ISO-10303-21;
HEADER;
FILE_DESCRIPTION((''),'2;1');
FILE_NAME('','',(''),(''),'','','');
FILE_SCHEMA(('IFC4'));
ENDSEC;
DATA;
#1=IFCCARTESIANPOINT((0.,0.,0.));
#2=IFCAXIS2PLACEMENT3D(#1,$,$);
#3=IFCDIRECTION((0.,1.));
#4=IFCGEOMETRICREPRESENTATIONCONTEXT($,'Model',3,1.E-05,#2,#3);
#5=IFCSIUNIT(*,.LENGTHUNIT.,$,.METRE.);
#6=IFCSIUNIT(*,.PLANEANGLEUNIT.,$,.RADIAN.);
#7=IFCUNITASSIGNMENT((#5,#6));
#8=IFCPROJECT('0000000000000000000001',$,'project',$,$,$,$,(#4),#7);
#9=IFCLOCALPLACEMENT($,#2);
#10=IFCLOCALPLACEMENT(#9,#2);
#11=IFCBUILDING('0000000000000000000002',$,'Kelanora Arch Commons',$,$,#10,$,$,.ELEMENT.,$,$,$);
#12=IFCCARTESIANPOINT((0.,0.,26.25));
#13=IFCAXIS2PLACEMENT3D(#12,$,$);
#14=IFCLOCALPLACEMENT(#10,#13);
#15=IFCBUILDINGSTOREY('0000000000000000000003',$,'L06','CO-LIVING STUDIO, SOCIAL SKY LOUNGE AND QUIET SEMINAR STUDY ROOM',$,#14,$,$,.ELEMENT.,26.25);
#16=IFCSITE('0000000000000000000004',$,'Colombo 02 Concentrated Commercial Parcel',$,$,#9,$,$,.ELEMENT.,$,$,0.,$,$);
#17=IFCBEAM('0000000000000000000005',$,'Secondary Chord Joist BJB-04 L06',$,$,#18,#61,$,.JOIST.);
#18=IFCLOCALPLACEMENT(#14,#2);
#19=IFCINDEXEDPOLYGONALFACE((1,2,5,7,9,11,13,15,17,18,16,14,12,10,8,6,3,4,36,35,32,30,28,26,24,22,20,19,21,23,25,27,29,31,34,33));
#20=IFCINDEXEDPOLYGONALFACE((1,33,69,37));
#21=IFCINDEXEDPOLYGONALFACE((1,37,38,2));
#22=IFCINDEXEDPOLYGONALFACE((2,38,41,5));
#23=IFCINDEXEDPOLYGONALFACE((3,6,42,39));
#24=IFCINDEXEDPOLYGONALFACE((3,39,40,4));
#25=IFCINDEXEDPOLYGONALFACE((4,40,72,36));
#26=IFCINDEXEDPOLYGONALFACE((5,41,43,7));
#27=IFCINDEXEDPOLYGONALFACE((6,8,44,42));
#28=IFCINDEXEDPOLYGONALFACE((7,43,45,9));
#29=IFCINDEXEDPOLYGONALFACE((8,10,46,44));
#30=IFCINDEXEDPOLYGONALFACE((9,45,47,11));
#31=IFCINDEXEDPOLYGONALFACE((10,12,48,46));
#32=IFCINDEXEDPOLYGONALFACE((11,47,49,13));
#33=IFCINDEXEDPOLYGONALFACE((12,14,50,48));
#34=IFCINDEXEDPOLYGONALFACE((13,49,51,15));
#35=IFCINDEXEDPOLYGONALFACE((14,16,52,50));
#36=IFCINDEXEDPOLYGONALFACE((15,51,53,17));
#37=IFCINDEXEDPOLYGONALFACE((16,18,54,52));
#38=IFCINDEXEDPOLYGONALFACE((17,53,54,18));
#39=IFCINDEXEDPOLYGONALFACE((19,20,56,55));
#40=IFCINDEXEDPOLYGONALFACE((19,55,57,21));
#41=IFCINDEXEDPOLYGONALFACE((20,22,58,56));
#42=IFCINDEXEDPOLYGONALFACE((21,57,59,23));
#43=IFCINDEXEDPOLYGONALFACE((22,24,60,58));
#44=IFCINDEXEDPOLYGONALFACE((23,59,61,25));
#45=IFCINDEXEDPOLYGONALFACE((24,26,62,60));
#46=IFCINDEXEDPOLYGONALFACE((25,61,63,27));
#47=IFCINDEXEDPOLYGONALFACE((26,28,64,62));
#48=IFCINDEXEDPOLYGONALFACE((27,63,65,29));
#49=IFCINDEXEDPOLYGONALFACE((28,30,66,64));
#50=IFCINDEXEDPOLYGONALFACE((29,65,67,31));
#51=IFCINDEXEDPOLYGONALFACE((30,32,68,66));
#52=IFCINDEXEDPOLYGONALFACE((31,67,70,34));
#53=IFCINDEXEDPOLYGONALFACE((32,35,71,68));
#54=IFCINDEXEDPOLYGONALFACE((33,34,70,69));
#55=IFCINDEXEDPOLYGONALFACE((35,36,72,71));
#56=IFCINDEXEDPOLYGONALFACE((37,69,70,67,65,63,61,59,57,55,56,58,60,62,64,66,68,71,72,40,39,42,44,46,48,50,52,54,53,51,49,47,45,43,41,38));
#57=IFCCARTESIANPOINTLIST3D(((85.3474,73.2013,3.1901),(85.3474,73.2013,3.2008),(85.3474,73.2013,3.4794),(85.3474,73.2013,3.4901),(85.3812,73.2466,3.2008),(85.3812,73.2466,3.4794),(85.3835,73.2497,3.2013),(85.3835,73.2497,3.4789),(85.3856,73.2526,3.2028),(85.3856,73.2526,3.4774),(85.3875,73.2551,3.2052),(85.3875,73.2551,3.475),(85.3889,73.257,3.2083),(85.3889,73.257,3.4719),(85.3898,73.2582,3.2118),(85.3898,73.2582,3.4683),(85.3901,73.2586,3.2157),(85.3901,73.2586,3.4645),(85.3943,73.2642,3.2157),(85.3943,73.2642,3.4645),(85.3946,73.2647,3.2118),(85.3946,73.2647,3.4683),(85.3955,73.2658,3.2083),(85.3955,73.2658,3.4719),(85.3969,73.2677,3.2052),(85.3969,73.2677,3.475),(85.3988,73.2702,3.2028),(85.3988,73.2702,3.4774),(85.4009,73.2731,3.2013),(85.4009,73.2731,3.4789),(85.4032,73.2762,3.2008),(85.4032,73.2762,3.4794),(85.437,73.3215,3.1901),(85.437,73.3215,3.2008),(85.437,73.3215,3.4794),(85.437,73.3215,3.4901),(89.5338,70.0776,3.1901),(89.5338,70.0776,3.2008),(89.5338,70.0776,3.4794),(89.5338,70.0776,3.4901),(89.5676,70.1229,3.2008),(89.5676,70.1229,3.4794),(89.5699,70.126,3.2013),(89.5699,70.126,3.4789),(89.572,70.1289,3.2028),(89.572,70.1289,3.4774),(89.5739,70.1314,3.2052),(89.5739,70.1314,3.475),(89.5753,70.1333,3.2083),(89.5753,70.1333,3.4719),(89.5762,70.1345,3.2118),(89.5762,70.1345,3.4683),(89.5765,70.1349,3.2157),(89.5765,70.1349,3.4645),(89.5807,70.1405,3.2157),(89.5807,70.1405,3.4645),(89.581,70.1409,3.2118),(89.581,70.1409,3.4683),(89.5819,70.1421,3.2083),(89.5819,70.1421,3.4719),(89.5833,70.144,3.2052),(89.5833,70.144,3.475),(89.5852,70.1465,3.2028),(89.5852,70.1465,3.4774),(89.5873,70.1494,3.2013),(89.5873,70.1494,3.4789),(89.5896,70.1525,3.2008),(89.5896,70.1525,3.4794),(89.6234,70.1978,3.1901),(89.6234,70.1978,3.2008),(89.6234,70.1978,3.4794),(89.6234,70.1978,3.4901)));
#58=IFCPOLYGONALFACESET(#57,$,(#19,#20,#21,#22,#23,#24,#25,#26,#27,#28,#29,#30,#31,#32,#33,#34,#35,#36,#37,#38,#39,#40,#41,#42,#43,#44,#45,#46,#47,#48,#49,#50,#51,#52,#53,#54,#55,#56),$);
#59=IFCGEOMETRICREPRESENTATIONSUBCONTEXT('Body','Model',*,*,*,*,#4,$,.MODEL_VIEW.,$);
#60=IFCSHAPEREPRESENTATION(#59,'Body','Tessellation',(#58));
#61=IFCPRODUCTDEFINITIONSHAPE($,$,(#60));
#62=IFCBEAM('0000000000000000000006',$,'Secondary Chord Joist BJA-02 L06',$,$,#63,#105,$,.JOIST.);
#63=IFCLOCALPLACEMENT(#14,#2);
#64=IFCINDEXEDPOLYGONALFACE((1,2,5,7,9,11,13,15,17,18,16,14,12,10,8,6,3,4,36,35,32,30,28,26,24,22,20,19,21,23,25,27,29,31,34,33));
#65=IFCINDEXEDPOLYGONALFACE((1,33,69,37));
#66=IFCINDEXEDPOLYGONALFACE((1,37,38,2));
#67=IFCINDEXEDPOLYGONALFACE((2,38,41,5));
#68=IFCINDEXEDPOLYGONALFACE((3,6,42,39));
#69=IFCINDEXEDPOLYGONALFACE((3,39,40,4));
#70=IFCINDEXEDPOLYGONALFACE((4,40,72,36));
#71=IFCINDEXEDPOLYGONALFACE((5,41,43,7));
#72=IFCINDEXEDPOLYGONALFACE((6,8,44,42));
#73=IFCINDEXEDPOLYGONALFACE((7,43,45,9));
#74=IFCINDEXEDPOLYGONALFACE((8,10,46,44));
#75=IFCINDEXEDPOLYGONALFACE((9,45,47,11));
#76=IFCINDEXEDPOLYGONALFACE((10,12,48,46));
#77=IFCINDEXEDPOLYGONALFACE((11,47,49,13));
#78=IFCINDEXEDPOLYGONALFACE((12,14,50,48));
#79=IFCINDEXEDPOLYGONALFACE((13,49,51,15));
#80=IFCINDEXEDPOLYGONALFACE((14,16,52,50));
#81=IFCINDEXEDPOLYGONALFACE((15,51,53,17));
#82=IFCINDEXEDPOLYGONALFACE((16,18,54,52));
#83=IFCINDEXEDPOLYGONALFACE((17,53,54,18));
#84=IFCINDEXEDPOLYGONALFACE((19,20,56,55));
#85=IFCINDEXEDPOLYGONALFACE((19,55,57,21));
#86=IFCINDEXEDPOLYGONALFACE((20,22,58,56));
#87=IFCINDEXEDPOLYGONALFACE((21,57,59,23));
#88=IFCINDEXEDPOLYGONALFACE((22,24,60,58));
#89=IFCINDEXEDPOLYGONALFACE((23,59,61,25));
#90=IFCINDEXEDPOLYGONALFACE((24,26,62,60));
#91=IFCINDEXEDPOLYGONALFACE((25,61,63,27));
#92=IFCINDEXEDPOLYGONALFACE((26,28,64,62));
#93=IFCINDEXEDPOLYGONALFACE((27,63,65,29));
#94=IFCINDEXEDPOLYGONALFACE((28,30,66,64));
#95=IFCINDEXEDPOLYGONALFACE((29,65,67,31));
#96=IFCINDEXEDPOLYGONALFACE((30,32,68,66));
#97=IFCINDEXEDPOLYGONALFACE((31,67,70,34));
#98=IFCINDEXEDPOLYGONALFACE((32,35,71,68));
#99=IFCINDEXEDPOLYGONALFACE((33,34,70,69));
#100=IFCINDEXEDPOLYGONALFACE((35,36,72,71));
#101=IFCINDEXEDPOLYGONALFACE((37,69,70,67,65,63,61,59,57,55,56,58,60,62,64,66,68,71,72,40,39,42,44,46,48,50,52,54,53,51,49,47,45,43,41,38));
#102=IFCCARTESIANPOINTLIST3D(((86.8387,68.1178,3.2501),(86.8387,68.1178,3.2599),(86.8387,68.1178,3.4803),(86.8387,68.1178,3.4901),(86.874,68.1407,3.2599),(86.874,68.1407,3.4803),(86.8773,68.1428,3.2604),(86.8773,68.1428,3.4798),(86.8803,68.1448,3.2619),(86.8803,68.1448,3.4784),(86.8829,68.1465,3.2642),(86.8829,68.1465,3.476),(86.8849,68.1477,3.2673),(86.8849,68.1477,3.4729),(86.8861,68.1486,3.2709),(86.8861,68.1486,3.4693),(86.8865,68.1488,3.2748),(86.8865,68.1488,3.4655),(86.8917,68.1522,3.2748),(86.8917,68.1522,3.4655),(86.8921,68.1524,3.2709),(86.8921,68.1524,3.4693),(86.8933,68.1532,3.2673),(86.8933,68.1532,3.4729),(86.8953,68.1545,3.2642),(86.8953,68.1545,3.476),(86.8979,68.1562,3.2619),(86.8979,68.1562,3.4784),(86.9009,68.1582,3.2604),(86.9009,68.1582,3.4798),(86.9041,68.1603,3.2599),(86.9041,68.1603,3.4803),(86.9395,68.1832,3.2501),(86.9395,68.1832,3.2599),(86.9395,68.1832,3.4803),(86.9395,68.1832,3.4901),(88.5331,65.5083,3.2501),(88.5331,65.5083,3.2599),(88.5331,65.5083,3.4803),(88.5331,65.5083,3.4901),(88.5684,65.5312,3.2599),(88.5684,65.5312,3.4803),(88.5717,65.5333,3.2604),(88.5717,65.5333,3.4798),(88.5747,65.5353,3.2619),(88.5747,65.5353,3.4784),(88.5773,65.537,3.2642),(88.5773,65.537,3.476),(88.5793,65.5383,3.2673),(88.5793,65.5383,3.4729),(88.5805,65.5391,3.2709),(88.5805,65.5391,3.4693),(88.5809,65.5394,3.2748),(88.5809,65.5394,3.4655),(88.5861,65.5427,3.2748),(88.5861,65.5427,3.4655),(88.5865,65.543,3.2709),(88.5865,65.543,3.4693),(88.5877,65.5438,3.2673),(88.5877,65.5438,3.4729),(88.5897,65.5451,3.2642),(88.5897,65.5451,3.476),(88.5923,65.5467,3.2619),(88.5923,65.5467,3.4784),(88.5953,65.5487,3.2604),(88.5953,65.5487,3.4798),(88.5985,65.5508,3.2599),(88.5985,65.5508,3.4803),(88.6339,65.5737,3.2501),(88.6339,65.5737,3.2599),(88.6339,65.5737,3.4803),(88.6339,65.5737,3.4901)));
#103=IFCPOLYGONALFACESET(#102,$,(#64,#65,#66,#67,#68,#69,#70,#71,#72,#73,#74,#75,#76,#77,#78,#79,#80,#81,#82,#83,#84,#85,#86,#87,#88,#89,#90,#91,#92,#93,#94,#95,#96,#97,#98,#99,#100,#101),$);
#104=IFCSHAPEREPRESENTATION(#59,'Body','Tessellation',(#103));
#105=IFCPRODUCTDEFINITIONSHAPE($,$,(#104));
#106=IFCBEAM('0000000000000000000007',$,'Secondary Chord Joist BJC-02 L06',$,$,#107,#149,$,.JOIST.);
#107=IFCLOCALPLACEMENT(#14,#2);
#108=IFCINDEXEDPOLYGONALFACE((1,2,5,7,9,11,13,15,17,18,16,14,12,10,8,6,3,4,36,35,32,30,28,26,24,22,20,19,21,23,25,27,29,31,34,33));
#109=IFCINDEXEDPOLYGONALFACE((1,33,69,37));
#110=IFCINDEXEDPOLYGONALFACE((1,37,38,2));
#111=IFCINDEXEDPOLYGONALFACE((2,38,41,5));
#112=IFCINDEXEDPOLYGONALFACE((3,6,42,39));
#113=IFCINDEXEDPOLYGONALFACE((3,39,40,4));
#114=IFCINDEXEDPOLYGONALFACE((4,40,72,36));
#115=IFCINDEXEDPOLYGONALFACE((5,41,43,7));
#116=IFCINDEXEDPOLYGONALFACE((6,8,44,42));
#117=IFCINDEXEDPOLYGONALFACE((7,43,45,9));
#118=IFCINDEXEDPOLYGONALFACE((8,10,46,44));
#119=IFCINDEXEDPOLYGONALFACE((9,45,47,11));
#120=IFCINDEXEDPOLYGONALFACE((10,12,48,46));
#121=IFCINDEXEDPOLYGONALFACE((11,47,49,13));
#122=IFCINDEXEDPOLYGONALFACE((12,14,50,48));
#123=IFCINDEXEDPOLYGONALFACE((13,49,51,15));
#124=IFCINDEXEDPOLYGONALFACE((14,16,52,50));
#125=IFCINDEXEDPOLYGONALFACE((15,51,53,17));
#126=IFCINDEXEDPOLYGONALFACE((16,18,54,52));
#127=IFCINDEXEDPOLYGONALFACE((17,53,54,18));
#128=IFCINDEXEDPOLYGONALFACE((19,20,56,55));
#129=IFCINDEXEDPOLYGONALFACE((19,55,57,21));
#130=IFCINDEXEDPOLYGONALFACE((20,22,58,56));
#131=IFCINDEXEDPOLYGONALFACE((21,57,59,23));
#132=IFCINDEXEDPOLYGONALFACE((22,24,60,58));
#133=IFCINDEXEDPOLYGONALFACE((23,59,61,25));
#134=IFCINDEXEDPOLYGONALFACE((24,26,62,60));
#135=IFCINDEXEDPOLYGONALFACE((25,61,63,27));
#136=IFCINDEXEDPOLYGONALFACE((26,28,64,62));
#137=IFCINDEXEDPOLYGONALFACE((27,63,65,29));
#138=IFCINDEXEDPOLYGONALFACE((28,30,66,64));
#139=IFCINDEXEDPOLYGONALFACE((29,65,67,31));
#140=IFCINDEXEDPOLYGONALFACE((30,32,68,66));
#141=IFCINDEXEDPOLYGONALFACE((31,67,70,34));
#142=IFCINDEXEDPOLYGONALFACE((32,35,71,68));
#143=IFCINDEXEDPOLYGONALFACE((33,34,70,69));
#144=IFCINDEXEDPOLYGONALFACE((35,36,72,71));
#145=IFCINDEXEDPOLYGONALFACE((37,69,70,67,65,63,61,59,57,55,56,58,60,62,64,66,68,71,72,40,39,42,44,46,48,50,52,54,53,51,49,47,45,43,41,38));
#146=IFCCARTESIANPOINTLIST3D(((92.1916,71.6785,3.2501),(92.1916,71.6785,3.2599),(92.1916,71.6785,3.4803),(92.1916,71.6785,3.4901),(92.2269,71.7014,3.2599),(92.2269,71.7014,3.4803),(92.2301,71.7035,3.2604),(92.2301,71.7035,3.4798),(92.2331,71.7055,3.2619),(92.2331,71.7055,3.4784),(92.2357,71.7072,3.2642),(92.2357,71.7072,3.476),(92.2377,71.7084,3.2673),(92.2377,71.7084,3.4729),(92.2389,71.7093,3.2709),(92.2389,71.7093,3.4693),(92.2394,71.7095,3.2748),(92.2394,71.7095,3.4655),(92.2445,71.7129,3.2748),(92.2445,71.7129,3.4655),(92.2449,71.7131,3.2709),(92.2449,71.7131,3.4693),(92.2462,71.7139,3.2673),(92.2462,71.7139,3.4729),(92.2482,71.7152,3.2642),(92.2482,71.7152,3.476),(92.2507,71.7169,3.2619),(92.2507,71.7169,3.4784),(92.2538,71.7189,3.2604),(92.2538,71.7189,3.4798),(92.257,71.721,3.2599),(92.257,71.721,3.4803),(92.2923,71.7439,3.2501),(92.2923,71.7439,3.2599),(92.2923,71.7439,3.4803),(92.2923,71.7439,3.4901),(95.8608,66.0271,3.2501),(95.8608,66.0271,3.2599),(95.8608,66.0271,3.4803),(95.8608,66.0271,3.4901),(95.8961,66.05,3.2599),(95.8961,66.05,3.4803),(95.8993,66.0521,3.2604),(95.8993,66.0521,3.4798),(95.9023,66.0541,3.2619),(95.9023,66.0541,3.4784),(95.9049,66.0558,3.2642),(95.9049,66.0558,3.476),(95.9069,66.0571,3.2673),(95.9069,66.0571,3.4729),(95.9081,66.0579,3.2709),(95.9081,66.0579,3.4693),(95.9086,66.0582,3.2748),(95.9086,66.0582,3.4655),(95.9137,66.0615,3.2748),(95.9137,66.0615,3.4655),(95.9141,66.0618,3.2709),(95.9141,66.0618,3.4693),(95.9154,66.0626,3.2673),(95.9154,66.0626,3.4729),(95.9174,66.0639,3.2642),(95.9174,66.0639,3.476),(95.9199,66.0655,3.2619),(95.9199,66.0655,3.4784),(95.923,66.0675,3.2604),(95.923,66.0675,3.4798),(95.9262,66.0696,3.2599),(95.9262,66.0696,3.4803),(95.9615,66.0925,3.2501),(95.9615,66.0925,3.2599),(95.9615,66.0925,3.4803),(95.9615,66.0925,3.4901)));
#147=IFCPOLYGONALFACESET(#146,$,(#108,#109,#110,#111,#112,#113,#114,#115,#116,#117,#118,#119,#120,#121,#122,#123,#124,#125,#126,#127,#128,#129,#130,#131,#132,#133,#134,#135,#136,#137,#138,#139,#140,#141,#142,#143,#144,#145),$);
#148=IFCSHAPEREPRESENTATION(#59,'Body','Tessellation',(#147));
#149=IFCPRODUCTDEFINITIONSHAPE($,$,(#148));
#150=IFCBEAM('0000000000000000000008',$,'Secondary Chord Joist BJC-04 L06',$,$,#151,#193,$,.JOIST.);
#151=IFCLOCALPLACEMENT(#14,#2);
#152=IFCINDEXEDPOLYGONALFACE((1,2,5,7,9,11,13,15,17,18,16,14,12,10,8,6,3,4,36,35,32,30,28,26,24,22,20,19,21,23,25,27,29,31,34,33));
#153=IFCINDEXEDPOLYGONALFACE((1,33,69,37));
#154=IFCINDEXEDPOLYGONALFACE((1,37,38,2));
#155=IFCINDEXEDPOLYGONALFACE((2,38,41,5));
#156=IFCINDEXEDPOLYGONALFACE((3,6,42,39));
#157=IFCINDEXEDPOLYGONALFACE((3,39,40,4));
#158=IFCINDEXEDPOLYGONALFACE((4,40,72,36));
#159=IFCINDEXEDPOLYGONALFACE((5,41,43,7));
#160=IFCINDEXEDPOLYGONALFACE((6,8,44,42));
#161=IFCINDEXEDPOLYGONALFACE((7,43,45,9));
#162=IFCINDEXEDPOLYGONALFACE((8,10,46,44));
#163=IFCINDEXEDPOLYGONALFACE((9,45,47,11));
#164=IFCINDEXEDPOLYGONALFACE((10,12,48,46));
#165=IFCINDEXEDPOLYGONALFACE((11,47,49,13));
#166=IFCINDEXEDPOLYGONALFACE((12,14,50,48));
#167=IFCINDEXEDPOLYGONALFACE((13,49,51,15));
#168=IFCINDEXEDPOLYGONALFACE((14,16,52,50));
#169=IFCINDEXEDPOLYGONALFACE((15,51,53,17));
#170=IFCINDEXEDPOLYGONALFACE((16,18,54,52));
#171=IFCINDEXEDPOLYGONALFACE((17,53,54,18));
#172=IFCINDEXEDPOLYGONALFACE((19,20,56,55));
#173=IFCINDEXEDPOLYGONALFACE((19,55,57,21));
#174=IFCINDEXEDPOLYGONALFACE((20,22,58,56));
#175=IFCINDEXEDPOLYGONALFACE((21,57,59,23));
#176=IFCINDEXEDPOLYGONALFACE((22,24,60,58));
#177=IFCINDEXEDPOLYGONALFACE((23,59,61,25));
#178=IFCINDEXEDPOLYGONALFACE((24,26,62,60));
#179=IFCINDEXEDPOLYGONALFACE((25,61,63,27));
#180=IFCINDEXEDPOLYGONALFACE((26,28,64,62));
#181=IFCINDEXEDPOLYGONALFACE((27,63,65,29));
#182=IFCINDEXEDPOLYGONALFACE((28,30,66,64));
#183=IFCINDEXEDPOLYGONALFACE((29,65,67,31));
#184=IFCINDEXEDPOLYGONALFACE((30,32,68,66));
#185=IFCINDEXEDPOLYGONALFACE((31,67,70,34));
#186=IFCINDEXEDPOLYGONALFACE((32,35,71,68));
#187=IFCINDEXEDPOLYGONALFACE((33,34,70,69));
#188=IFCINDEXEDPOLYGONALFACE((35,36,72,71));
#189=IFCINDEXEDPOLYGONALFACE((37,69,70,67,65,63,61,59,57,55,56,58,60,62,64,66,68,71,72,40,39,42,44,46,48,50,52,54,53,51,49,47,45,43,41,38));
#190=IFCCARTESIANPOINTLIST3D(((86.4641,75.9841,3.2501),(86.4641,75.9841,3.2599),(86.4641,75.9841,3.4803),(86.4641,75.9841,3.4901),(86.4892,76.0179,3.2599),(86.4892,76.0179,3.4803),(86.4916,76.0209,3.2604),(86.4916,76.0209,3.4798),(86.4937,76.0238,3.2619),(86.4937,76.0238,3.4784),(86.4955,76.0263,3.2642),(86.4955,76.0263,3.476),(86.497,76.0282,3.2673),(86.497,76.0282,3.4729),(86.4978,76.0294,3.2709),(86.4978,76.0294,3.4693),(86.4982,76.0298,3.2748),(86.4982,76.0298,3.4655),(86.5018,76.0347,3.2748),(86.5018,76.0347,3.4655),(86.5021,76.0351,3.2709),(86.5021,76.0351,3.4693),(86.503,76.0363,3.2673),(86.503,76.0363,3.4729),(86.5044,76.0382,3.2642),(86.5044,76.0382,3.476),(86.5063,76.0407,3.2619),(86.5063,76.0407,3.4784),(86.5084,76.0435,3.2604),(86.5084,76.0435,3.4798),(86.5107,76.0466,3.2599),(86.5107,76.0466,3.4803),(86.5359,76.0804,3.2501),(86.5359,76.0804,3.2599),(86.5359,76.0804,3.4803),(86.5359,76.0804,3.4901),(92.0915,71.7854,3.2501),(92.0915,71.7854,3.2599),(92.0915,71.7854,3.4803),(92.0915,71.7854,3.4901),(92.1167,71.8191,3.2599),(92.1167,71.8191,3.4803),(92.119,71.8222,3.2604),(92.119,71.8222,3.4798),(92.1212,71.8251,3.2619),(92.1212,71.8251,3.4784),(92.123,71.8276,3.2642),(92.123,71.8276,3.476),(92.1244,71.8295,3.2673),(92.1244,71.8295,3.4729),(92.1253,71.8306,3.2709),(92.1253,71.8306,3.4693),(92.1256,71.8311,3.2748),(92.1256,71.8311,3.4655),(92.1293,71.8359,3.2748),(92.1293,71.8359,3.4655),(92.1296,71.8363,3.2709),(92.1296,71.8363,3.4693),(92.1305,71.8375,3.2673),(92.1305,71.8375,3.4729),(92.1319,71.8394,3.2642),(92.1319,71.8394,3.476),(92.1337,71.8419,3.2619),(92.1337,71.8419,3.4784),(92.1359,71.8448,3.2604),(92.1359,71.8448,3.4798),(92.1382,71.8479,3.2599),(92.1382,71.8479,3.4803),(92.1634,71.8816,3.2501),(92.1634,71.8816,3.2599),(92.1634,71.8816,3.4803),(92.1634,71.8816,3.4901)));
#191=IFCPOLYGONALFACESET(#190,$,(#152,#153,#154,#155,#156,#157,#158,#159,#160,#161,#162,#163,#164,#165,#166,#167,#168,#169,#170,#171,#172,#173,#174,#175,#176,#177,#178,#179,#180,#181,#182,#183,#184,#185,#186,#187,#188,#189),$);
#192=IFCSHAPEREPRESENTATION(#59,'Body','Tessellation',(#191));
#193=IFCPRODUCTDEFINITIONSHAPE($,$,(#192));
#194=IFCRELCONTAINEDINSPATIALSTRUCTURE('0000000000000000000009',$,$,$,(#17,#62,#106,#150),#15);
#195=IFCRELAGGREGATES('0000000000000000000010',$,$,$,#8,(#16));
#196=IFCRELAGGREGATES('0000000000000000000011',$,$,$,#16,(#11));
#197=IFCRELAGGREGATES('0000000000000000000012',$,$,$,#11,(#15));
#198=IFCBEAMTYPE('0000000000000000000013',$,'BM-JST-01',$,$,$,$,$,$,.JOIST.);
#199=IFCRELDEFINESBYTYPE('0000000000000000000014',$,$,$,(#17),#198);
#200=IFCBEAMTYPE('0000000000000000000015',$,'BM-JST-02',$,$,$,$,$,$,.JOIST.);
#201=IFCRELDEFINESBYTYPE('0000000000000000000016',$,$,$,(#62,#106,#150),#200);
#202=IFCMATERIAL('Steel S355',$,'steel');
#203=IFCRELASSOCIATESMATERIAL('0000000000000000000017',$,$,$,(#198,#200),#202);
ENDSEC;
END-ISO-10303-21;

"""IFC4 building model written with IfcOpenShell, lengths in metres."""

from ifc_helpers import new_model, si_unit, direction, frame, origin, origin_2d, place, context, subcontext, project, spatial, i_section, extrude, material, material_profile, profile_set, type_object, element, save


model = new_model("IFC4")

# Units and contexts
model_context = context("Model", 3, precision=1e-05, world=origin(), true_north=direction((0.0, 1.0)))
body_context = subcontext(model_context, "Body", "Model", "MODEL_VIEW")
ifc_project = project(units=[si_unit("LENGTHUNIT", "METRE"), si_unit("PLANEANGLEUNIT", "RADIAN")], contexts=[model_context])

# Site, building, storey
site_placement = place(None, origin())
site = spatial("IfcSite", under=ifc_project, at=site_placement, Name="Colombo 02 Concentrated Commercial Parcel", CompositionType="ELEMENT", RefElevation=0.0)
building_placement = place(site_placement, origin())
building = spatial("IfcBuilding", under=site, at=building_placement, Name="Kelanora Arch Commons", CompositionType="ELEMENT")
storey_placement = place(building_placement, frame((0.0, 0.0, 26.25)))
storey = spatial("IfcBuildingStorey", under=building, at=storey_placement, Name="L06", Description="CO-LIVING STUDIO, SOCIAL SKY LOUNGE AND QUIET SEMINAR STUDY ROOM", CompositionType="ELEMENT", Elevation=26.25)

# Beams
ifc_material_1 = material(Name="Steel S355", Category="steel")
ifc_material_profile_1 = material_profile(ifc_material_1, i_section(OverallWidth=0.1499, OverallDepth=0.3, WebThickness=0.0071, FlangeThickness=0.0107, FilletRadius=0.0149, at=origin_2d()), Name="IPE300")
ifc_profile_set_1 = profile_set([ifc_material_profile_1], Name="Steel S355")
beam_type_1 = type_object("IfcBeamType", Name="BM-JST-01", PredefinedType="JOIST", material=ifc_profile_set_1)
beam_1_placement = place(storey_placement, frame((89.5786, 70.1377, 3.3401), z_axis=(-0.801478, 0.598024, 0.0), x_axis=(-0.598024, -0.801478, 0.0)))
element("IfcBeam", 1, at=beam_1_placement, inside=storey, type_object=beam_type_1, Name="Secondary Chord Joist BJB-04 L06", PredefinedType="JOIST", context=body_context, shape_type="SweptSolid", body=[
    extrude(i_section(OverallWidth=0.1499, OverallDepth=0.3, WebThickness=0.0071, FlangeThickness=0.0107, FilletRadius=0.0149, at=origin_2d()), origin(), (0.0, 0.0, 1.0), 5.2234),
])
ifc_material_profile_2 = material_profile(ifc_material_1, i_section(OverallWidth=0.1201, OverallDepth=0.24, WebThickness=0.0061, FlangeThickness=0.0098, FilletRadius=0.0149, at=origin_2d()), Name="IPE240")
ifc_profile_set_2 = profile_set([ifc_material_profile_2], Name="Steel S355")
beam_type_2 = type_object("IfcBeamType", Name="BM-JST-02", PredefinedType="JOIST", material=ifc_profile_set_2)
beam_2_placement = place(storey_placement, frame((88.5835, 65.541, 3.3701), z_axis=(-0.544591, 0.838702, 0.0), x_axis=(-0.838702, -0.544591, 0.0)))
element("IfcBeam", 2, at=beam_2_placement, inside=storey, type_object=beam_type_2, Name="Secondary Chord Joist BJA-02 L06", PredefinedType="JOIST", context=body_context, shape_type="SweptSolid", body=[
    extrude(i_section(OverallWidth=0.1201, OverallDepth=0.24, WebThickness=0.0061, FlangeThickness=0.0098, FilletRadius=0.0149, at=origin_2d()), origin(), (0.0, 0.0, 1.0), 3.1113),
])
beam_3_placement = place(storey_placement, frame((95.9111, 66.0598, 3.3701), z_axis=(-0.54455, 0.838728, 0.0), x_axis=(-0.838728, -0.54455, 0.0)))
element("IfcBeam", 3, at=beam_3_placement, inside=storey, type_object=beam_type_2, Name="Secondary Chord Joist BJC-02 L06", PredefinedType="JOIST", context=body_context, shape_type="SweptSolid", body=[
    extrude(i_section(OverallWidth=0.1201, OverallDepth=0.24, WebThickness=0.0061, FlangeThickness=0.0098, FilletRadius=0.0149, at=origin_2d()), origin(), (0.0, 0.0, 1.0), 6.738),
])
beam_4_placement = place(storey_placement, frame((92.1274, 71.8335, 3.3701), z_axis=(-0.801491, 0.598006, 0.0), x_axis=(-0.598006, -0.801491, 0.0)))
element("IfcBeam", 4, at=beam_4_placement, inside=storey, type_object=beam_type_2, Name="Secondary Chord Joist BJC-04 L06", PredefinedType="JOIST", context=body_context, shape_type="SweptSolid", body=[
    extrude(i_section(OverallWidth=0.1201, OverallDepth=0.24, WebThickness=0.0061, FlangeThickness=0.0098, FilletRadius=0.0149, at=origin_2d()), origin(), (0.0, 0.0, 1.0), 7.0212),
])

save(model, "model.ifc")
